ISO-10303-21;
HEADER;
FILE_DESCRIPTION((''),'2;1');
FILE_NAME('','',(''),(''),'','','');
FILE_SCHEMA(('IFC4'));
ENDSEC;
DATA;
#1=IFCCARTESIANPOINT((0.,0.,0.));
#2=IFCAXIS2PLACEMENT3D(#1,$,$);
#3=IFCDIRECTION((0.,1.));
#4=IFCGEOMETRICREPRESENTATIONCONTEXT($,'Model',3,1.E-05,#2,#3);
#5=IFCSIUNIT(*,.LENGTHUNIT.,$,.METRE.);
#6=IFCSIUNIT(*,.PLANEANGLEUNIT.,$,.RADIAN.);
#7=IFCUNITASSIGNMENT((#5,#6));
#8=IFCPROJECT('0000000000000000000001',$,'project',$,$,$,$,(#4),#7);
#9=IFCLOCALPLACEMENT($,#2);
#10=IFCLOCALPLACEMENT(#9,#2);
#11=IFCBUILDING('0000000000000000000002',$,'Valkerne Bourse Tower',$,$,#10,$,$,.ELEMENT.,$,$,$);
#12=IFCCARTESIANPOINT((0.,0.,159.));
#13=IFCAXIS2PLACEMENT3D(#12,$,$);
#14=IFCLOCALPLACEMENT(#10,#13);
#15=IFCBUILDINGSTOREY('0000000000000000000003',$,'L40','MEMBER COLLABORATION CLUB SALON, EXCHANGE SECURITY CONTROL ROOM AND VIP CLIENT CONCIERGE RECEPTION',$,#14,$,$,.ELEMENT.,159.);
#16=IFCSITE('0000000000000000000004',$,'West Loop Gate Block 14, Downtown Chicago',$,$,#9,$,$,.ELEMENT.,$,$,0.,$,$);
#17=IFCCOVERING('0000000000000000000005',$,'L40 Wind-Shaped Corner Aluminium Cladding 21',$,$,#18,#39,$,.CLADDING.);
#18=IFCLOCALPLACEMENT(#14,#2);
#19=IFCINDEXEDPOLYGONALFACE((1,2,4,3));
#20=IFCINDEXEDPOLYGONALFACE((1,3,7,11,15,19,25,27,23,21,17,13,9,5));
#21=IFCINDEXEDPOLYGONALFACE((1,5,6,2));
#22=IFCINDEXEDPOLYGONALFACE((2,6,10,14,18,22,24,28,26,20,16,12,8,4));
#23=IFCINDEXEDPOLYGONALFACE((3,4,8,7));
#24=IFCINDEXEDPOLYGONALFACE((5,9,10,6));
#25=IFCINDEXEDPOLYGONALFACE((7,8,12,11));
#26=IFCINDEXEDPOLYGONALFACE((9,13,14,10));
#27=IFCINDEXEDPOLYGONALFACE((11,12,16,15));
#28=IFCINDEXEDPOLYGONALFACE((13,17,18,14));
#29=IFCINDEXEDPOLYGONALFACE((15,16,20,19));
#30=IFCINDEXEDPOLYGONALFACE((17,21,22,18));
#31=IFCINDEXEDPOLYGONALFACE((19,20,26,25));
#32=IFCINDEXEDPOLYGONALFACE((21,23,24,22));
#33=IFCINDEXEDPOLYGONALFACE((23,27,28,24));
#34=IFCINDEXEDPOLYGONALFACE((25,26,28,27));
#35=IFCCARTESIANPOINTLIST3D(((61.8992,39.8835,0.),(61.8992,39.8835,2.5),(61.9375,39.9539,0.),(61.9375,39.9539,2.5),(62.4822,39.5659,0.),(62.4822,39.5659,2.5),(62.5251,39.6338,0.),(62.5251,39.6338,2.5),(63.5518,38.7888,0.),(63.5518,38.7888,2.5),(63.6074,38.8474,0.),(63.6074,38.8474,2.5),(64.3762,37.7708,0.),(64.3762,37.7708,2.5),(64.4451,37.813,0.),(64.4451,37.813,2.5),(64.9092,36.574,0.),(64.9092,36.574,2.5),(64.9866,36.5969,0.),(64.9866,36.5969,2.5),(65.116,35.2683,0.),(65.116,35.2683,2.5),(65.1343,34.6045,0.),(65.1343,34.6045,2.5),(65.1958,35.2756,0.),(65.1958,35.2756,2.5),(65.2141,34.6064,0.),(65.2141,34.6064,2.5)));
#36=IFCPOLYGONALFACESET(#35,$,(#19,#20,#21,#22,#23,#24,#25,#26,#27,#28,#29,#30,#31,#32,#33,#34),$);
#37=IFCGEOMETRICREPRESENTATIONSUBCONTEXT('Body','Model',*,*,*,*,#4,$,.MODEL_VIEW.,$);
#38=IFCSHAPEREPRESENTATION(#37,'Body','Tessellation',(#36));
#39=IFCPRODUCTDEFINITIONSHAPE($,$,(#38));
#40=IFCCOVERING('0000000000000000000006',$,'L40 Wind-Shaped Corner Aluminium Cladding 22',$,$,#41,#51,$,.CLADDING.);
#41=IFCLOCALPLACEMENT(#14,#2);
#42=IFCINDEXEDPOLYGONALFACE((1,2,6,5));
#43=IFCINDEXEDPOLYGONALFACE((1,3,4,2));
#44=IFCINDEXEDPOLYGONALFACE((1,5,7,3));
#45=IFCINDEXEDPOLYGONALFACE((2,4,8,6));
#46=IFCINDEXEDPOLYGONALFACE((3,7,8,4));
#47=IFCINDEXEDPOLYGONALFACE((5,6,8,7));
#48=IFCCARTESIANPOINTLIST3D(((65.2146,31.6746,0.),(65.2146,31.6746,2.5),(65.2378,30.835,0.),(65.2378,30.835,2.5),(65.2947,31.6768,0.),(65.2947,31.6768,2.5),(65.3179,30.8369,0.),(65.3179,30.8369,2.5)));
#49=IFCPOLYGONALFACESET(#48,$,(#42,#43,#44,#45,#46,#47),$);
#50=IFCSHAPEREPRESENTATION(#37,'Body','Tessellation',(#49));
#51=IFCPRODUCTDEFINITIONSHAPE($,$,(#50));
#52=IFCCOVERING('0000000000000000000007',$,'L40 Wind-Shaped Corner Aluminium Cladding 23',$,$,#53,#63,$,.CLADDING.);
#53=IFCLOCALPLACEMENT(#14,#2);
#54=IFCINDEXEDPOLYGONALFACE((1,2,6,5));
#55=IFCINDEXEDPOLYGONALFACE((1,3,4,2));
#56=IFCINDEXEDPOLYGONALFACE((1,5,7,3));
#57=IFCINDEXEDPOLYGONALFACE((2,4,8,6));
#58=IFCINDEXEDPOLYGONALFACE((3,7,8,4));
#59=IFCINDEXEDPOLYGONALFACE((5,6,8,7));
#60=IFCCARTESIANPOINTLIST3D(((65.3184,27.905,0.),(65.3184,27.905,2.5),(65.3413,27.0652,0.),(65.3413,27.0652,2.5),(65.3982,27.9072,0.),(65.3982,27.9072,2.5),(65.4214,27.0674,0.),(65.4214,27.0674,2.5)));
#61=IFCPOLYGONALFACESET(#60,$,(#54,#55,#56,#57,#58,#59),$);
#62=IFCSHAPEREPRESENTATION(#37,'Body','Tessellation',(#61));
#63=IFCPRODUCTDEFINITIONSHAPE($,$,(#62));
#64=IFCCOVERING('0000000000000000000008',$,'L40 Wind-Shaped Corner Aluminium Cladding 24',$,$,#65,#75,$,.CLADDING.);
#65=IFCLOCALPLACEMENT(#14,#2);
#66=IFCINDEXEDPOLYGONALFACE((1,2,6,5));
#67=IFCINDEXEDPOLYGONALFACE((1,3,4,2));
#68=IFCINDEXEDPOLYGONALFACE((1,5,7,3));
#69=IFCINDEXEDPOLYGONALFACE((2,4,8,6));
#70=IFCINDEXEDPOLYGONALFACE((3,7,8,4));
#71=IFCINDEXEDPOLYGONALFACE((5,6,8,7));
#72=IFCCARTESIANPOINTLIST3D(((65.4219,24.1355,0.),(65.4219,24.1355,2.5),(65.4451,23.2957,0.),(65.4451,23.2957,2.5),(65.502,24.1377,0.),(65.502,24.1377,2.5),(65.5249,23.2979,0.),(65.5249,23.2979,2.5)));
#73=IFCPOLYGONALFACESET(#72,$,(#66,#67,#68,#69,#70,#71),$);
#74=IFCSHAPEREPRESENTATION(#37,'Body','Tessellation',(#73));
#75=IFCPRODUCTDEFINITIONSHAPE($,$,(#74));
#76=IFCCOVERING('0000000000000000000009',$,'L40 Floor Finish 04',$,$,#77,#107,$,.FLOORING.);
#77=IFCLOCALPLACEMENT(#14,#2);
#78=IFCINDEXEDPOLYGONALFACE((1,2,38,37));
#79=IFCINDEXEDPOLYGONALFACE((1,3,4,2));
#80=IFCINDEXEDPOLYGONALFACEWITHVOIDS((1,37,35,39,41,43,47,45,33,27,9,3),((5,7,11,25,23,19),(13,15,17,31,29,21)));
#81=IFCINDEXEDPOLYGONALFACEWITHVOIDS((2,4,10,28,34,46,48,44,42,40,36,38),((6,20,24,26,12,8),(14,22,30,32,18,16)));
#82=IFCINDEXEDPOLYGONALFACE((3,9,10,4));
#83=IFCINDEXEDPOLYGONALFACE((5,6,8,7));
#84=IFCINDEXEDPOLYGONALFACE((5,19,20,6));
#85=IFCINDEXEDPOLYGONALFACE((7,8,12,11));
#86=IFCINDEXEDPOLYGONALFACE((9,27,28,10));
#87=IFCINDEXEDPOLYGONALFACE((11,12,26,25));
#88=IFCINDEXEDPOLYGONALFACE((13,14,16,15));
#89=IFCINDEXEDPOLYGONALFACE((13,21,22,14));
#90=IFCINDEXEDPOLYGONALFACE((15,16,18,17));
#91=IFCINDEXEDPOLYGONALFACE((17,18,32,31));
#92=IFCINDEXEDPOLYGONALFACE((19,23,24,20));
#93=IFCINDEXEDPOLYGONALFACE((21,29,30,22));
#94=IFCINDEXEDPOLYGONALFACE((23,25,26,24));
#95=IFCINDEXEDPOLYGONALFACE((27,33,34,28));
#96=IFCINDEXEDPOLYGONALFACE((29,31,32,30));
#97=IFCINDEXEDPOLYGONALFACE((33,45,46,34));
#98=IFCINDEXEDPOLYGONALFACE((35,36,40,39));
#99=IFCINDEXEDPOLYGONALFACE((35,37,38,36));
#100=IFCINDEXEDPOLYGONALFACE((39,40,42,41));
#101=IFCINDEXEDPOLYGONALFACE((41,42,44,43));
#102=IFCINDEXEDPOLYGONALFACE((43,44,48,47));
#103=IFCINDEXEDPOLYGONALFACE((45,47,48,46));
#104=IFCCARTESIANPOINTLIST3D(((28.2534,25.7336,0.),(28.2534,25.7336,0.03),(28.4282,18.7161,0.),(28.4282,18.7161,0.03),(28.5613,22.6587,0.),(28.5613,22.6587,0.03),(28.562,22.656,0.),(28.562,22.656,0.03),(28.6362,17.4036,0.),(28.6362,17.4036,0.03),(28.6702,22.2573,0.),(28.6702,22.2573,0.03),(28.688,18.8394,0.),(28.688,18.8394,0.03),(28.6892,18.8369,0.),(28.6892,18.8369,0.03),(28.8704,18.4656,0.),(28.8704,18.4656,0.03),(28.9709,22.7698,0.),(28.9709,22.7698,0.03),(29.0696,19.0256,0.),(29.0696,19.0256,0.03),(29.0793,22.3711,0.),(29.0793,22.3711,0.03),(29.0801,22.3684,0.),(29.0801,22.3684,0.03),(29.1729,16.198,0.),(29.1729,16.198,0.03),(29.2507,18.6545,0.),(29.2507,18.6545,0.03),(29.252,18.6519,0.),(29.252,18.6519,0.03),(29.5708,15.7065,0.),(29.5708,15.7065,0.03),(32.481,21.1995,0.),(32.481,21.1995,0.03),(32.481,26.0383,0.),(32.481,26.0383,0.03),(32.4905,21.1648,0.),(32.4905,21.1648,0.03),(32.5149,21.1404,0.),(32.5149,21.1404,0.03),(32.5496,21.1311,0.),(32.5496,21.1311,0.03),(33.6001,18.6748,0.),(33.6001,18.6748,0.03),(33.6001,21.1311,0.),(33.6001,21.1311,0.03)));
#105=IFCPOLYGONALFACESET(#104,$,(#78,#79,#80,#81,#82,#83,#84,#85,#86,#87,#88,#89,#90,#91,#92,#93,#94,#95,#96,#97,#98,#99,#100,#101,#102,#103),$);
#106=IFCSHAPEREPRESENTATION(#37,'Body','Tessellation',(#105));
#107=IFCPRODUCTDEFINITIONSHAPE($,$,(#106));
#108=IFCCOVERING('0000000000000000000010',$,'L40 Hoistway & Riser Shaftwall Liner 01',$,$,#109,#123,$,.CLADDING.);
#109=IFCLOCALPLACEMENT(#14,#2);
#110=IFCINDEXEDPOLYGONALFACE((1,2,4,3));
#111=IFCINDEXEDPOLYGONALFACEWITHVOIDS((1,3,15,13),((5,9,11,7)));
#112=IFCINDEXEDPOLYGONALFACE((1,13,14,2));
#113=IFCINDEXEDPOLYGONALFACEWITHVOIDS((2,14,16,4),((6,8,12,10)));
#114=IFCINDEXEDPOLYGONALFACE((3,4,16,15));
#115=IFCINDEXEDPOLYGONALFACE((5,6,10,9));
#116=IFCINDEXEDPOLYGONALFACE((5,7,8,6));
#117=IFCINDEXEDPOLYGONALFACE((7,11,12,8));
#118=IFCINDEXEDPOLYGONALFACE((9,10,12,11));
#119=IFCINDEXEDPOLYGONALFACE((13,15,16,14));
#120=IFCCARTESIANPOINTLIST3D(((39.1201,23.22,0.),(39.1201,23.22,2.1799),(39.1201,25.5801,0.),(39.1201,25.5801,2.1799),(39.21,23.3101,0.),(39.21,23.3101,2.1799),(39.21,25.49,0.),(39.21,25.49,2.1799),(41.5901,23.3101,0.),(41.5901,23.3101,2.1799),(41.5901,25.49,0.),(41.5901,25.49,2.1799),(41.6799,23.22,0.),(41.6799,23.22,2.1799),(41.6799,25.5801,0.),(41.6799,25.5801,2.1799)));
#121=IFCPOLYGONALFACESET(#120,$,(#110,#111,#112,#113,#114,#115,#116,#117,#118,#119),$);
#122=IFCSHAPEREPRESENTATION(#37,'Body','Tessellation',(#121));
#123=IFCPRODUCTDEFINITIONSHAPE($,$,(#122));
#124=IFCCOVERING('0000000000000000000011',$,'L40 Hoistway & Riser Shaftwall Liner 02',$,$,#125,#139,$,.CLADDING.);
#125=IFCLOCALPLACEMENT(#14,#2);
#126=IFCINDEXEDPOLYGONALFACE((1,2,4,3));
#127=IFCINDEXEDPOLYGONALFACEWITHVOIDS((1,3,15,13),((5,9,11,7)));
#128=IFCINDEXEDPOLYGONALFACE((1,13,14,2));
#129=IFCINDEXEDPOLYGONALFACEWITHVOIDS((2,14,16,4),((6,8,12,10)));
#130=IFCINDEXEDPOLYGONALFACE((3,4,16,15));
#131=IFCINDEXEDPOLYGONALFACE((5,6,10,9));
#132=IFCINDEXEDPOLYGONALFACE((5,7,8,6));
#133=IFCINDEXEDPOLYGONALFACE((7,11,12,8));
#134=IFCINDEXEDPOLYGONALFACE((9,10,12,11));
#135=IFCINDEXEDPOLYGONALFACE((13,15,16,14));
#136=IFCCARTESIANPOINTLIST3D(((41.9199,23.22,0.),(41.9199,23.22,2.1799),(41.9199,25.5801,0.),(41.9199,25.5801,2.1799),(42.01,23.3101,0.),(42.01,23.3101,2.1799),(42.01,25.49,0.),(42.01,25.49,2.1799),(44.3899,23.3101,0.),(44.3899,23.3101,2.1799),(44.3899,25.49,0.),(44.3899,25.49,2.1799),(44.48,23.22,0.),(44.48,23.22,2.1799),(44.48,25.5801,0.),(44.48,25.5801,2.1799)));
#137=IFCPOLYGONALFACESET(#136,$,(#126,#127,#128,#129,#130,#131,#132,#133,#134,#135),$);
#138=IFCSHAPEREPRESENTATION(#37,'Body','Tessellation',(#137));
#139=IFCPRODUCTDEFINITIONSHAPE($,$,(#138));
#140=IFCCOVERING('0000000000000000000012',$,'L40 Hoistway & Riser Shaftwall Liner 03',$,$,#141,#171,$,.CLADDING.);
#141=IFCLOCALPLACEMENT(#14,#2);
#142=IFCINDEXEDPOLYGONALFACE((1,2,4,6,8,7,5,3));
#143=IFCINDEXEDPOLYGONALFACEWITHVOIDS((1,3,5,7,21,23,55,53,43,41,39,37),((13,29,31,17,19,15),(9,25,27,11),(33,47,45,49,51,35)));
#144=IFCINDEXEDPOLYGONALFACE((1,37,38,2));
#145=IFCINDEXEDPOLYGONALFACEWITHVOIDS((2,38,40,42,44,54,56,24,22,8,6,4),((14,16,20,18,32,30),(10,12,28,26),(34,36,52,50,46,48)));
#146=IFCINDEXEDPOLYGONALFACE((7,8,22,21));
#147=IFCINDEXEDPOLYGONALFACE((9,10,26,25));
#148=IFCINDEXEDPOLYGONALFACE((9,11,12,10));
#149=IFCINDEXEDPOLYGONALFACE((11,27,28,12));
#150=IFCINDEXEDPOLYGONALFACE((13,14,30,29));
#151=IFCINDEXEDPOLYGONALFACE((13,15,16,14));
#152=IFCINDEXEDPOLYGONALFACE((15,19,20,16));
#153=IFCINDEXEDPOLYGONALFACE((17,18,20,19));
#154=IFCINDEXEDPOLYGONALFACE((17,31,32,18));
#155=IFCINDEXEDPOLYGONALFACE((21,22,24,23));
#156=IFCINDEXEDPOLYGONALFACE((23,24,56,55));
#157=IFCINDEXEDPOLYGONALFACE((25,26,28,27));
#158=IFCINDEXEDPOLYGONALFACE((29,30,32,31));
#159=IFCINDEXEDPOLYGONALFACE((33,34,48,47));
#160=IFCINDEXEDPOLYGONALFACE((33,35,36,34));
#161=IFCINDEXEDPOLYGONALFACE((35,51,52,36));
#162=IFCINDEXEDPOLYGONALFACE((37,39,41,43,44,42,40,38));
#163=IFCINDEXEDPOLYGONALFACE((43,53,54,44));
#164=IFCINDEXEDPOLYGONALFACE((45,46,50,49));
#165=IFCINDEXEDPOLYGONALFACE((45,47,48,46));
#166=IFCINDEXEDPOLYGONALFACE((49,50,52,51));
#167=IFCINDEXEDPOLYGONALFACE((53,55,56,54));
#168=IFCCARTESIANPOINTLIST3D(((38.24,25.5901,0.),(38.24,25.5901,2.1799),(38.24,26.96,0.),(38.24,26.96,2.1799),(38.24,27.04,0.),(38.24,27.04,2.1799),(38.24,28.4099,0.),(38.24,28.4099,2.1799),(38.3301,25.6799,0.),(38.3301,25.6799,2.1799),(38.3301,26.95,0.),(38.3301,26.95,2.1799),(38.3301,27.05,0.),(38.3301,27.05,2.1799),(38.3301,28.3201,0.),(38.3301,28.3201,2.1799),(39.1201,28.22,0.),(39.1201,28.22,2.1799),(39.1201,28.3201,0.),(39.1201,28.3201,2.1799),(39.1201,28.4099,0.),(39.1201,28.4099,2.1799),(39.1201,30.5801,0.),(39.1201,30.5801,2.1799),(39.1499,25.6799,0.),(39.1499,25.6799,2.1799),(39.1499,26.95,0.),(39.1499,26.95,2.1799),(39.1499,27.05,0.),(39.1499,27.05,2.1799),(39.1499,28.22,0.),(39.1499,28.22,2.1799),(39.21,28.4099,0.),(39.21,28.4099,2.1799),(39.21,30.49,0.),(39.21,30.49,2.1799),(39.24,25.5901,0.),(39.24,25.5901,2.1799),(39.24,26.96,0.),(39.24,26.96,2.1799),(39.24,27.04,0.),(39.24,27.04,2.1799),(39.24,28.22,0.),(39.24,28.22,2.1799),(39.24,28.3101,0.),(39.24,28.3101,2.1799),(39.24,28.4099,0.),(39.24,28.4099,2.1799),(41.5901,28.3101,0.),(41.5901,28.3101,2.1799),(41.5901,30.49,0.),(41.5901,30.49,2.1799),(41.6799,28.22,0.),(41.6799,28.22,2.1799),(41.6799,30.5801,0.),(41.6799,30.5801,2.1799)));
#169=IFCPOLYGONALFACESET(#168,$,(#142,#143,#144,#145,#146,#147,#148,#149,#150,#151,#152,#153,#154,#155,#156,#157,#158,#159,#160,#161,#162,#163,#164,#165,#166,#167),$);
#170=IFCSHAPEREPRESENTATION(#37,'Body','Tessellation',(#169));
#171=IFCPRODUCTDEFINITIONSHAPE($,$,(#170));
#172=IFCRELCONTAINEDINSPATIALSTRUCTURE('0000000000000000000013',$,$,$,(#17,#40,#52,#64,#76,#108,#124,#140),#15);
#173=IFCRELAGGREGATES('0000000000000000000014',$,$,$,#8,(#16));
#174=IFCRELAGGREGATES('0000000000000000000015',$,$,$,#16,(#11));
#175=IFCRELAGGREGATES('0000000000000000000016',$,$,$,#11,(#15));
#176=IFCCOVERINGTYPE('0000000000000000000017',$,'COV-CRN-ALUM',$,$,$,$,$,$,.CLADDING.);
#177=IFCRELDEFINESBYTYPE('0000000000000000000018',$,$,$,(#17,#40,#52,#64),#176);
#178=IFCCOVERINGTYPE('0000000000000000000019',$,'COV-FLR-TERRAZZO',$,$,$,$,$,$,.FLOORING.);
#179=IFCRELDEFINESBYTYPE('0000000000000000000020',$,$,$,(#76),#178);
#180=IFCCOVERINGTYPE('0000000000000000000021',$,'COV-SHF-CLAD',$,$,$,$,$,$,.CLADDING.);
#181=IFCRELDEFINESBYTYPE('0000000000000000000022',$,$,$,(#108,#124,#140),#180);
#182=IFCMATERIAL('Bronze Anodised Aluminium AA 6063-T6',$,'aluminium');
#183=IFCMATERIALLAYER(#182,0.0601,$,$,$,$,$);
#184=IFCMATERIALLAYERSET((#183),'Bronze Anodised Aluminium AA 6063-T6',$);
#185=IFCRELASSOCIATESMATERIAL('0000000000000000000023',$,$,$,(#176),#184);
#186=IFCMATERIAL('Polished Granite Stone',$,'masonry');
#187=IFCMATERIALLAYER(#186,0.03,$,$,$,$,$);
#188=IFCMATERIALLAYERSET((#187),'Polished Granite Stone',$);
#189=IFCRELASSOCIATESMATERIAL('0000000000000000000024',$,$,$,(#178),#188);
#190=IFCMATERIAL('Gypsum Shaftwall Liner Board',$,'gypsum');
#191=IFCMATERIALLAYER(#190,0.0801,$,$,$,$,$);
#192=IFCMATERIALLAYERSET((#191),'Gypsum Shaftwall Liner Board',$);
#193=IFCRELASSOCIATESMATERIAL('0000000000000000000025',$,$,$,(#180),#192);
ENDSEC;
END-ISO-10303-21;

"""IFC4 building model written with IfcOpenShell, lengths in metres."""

from ifc_helpers import new_model, si_unit, direction, frame, origin, place, context, subcontext, project, spatial, polyline, outline, extrude, material, layer, layer_set, type_object, element, save


model = new_model("IFC4")

# Units and contexts
model_context = context("Model", 3, precision=1e-05, world=origin(), true_north=direction((0.0, 1.0)))
body_context = subcontext(model_context, "Body", "Model", "MODEL_VIEW")
ifc_project = project(units=[si_unit("LENGTHUNIT", "METRE"), si_unit("PLANEANGLEUNIT", "RADIAN")], contexts=[model_context])

# Site, building, storey
site_placement = place(None, origin())
site = spatial("IfcSite", under=ifc_project, at=site_placement, Name="West Loop Gate Block 14, Downtown Chicago", CompositionType="ELEMENT", RefElevation=0.0)
building_placement = place(site_placement, origin())
building = spatial("IfcBuilding", under=site, at=building_placement, Name="Valkerne Bourse Tower", CompositionType="ELEMENT")
storey_placement = place(building_placement, frame((0.0, 0.0, 159.0)))
storey = spatial("IfcBuildingStorey", under=building, at=storey_placement, Name="L40", Description="MEMBER COLLABORATION CLUB SALON, EXCHANGE SECURITY CONTROL ROOM AND VIP CLIENT CONCIERGE RECEPTION", CompositionType="ELEMENT", Elevation=159.0)

# Coverings
ifc_material_1 = material(Name="Bronze Anodised Aluminium AA 6063-T6", Category="aluminium")
ifc_layer_1 = layer(ifc_material_1, 0.0601)
ifc_layer_set_1 = layer_set([ifc_layer_1], Name="Bronze Anodised Aluminium AA 6063-T6")
covering_type_1 = type_object("IfcCoveringType", Name="COV-CRN-ALUM", PredefinedType="CLADDING", material=ifc_layer_set_1)
covering_1_placement = place(storey_placement, origin())
element("IfcCovering", 1, at=covering_1_placement, inside=storey, type_object=covering_type_1, Name="L40 Wind-Shaped Corner Aluminium Cladding 21", PredefinedType="CLADDING", context=body_context, shape_type="SweptSolid", body=[
    extrude(outline(polyline([(62.5251, 39.6338), (63.6074, 38.8474), (64.4451, 37.813), (64.9866, 36.5969), (65.1958, 35.2756), (65.2141, 34.6064), (65.1343, 34.6045), (65.116, 35.2683), (64.9092, 36.574), (64.3762, 37.7708), (63.5518, 38.7888), (62.4822, 39.5659), (61.8992, 39.8835), (61.9375, 39.9539), (62.5251, 39.6338)])), origin(), (0.0, 0.0, 1.0), 2.5),
])
covering_2_placement = place(storey_placement, origin())
element("IfcCovering", 2, at=covering_2_placement, inside=storey, type_object=covering_type_1, Name="L40 Wind-Shaped Corner Aluminium Cladding 22", PredefinedType="CLADDING", context=body_context, shape_type="SweptSolid", body=[
    extrude(outline(polyline([(65.3179, 30.8369), (65.2378, 30.835), (65.2146, 31.6746), (65.2947, 31.6768), (65.3179, 30.8369)])), origin(), (0.0, 0.0, 1.0), 2.5),
])
covering_3_placement = place(storey_placement, origin())
element("IfcCovering", 3, at=covering_3_placement, inside=storey, type_object=covering_type_1, Name="L40 Wind-Shaped Corner Aluminium Cladding 23", PredefinedType="CLADDING", context=body_context, shape_type="SweptSolid", body=[
    extrude(outline(polyline([(65.4214, 27.0674), (65.3413, 27.0652), (65.3184, 27.905), (65.3982, 27.9072), (65.4214, 27.0674)])), origin(), (0.0, 0.0, 1.0), 2.5),
])
covering_4_placement = place(storey_placement, origin())
element("IfcCovering", 4, at=covering_4_placement, inside=storey, type_object=covering_type_1, Name="L40 Wind-Shaped Corner Aluminium Cladding 24", PredefinedType="CLADDING", context=body_context, shape_type="SweptSolid", body=[
    extrude(outline(polyline([(65.5249, 23.2979), (65.4451, 23.2957), (65.4219, 24.1355), (65.502, 24.1377), (65.5249, 23.2979)])), origin(), (0.0, 0.0, 1.0), 2.5),
])
ifc_material_2 = material(Name="Polished Granite Stone", Category="masonry")
ifc_layer_2 = layer(ifc_material_2, 0.03)
ifc_layer_set_2 = layer_set([ifc_layer_2], Name="Polished Granite Stone")
covering_type_2 = type_object("IfcCoveringType", Name="COV-FLR-TERRAZZO", PredefinedType="FLOORING", material=ifc_layer_set_2)
covering_5_placement = place(storey_placement, origin())
element("IfcCovering", 5, at=covering_5_placement, inside=storey, type_object=covering_type_2, Name="L40 Floor Finish 04", PredefinedType="FLOORING", context=body_context, shape_type="SweptSolid", body=[
    extrude(outline(polyline([(28.4282, 18.7161), (28.2534, 25.7336), (32.481, 26.0383), (32.481, 21.1995), (32.4905, 21.1648), (32.5149, 21.1404), (32.5496, 21.1311), (33.6001, 21.1311), (33.6001, 18.6748), (29.5708, 15.7065), (29.1729, 16.198), (28.6362, 17.4036), (28.4282, 18.7161)]), holes=[polyline([(29.252, 18.6519), (29.2507, 18.6545), (29.0696, 19.0256), (28.688, 18.8394), (28.6892, 18.8369), (28.8704, 18.4656), (29.252, 18.6519)]), polyline([(29.0793, 22.3711), (28.9709, 22.7698), (28.5613, 22.6587), (28.562, 22.656), (28.6702, 22.2573), (29.0801, 22.3684), (29.0793, 22.3711)])]), origin(), (0.0, 0.0, 1.0), 0.03),
])
ifc_material_3 = material(Name="Gypsum Shaftwall Liner Board", Category="gypsum")
ifc_layer_3 = layer(ifc_material_3, 0.0801)
ifc_layer_set_3 = layer_set([ifc_layer_3], Name="Gypsum Shaftwall Liner Board")
covering_type_3 = type_object("IfcCoveringType", Name="COV-SHF-CLAD", PredefinedType="CLADDING", material=ifc_layer_set_3)
covering_6_placement = place(storey_placement, origin())
element("IfcCovering", 6, at=covering_6_placement, inside=storey, type_object=covering_type_3, Name="L40 Hoistway & Riser Shaftwall Liner 01", PredefinedType="CLADDING", context=body_context, shape_type="SweptSolid", body=[
    extrude(outline(polyline([(41.6799, 25.5801), (41.6799, 23.22), (39.1201, 23.22), (39.1201, 25.5801), (41.6799, 25.5801)]), holes=[polyline([(41.5901, 25.49), (39.21, 25.49), (39.21, 23.3101), (41.5901, 23.3101), (41.5901, 25.49)])]), origin(), (0.0, 0.0, 1.0), 2.1799),
])
covering_7_placement = place(storey_placement, origin())
element("IfcCovering", 7, at=covering_7_placement, inside=storey, type_object=covering_type_3, Name="L40 Hoistway & Riser Shaftwall Liner 02", PredefinedType="CLADDING", context=body_context, shape_type="SweptSolid", body=[
    extrude(outline(polyline([(44.48, 23.22), (41.9199, 23.22), (41.9199, 25.5801), (44.48, 25.5801), (44.48, 23.22)]), holes=[polyline([(42.01, 25.49), (42.01, 23.3101), (44.3899, 23.3101), (44.3899, 25.49), (42.01, 25.49)])]), origin(), (0.0, 0.0, 1.0), 2.1799),
])
covering_8_placement = place(storey_placement, origin())
element("IfcCovering", 8, at=covering_8_placement, inside=storey, type_object=covering_type_3, Name="L40 Hoistway & Riser Shaftwall Liner 03", PredefinedType="CLADDING", context=body_context, shape_type="SweptSolid", body=[
    extrude(outline(polyline([(38.24, 28.4099), (39.1201, 28.4099), (39.1201, 30.5801), (41.6799, 30.5801), (41.6799, 28.22), (39.24, 28.22), (39.24, 27.04), (39.24, 26.96), (39.24, 25.5901), (38.24, 25.5901), (38.24, 26.96), (38.24, 27.04), (38.24, 28.4099)]), holes=[polyline([(38.3301, 26.95), (38.3301, 25.6799), (39.1499, 25.6799), (39.1499, 26.95), (38.3301, 26.95)]), polyline([(39.21, 30.49), (39.21, 28.4099), (39.24, 28.4099), (39.24, 28.3101), (41.5901, 28.3101), (41.5901, 30.49), (39.21, 30.49)]), polyline([(38.3301, 27.05), (39.1499, 27.05), (39.1499, 28.22), (39.1201, 28.22), (39.1201, 28.3201), (38.3301, 28.3201), (38.3301, 27.05)])]), origin(), (0.0, 0.0, 1.0), 2.1799),
])

save(model, "model.ifc")
